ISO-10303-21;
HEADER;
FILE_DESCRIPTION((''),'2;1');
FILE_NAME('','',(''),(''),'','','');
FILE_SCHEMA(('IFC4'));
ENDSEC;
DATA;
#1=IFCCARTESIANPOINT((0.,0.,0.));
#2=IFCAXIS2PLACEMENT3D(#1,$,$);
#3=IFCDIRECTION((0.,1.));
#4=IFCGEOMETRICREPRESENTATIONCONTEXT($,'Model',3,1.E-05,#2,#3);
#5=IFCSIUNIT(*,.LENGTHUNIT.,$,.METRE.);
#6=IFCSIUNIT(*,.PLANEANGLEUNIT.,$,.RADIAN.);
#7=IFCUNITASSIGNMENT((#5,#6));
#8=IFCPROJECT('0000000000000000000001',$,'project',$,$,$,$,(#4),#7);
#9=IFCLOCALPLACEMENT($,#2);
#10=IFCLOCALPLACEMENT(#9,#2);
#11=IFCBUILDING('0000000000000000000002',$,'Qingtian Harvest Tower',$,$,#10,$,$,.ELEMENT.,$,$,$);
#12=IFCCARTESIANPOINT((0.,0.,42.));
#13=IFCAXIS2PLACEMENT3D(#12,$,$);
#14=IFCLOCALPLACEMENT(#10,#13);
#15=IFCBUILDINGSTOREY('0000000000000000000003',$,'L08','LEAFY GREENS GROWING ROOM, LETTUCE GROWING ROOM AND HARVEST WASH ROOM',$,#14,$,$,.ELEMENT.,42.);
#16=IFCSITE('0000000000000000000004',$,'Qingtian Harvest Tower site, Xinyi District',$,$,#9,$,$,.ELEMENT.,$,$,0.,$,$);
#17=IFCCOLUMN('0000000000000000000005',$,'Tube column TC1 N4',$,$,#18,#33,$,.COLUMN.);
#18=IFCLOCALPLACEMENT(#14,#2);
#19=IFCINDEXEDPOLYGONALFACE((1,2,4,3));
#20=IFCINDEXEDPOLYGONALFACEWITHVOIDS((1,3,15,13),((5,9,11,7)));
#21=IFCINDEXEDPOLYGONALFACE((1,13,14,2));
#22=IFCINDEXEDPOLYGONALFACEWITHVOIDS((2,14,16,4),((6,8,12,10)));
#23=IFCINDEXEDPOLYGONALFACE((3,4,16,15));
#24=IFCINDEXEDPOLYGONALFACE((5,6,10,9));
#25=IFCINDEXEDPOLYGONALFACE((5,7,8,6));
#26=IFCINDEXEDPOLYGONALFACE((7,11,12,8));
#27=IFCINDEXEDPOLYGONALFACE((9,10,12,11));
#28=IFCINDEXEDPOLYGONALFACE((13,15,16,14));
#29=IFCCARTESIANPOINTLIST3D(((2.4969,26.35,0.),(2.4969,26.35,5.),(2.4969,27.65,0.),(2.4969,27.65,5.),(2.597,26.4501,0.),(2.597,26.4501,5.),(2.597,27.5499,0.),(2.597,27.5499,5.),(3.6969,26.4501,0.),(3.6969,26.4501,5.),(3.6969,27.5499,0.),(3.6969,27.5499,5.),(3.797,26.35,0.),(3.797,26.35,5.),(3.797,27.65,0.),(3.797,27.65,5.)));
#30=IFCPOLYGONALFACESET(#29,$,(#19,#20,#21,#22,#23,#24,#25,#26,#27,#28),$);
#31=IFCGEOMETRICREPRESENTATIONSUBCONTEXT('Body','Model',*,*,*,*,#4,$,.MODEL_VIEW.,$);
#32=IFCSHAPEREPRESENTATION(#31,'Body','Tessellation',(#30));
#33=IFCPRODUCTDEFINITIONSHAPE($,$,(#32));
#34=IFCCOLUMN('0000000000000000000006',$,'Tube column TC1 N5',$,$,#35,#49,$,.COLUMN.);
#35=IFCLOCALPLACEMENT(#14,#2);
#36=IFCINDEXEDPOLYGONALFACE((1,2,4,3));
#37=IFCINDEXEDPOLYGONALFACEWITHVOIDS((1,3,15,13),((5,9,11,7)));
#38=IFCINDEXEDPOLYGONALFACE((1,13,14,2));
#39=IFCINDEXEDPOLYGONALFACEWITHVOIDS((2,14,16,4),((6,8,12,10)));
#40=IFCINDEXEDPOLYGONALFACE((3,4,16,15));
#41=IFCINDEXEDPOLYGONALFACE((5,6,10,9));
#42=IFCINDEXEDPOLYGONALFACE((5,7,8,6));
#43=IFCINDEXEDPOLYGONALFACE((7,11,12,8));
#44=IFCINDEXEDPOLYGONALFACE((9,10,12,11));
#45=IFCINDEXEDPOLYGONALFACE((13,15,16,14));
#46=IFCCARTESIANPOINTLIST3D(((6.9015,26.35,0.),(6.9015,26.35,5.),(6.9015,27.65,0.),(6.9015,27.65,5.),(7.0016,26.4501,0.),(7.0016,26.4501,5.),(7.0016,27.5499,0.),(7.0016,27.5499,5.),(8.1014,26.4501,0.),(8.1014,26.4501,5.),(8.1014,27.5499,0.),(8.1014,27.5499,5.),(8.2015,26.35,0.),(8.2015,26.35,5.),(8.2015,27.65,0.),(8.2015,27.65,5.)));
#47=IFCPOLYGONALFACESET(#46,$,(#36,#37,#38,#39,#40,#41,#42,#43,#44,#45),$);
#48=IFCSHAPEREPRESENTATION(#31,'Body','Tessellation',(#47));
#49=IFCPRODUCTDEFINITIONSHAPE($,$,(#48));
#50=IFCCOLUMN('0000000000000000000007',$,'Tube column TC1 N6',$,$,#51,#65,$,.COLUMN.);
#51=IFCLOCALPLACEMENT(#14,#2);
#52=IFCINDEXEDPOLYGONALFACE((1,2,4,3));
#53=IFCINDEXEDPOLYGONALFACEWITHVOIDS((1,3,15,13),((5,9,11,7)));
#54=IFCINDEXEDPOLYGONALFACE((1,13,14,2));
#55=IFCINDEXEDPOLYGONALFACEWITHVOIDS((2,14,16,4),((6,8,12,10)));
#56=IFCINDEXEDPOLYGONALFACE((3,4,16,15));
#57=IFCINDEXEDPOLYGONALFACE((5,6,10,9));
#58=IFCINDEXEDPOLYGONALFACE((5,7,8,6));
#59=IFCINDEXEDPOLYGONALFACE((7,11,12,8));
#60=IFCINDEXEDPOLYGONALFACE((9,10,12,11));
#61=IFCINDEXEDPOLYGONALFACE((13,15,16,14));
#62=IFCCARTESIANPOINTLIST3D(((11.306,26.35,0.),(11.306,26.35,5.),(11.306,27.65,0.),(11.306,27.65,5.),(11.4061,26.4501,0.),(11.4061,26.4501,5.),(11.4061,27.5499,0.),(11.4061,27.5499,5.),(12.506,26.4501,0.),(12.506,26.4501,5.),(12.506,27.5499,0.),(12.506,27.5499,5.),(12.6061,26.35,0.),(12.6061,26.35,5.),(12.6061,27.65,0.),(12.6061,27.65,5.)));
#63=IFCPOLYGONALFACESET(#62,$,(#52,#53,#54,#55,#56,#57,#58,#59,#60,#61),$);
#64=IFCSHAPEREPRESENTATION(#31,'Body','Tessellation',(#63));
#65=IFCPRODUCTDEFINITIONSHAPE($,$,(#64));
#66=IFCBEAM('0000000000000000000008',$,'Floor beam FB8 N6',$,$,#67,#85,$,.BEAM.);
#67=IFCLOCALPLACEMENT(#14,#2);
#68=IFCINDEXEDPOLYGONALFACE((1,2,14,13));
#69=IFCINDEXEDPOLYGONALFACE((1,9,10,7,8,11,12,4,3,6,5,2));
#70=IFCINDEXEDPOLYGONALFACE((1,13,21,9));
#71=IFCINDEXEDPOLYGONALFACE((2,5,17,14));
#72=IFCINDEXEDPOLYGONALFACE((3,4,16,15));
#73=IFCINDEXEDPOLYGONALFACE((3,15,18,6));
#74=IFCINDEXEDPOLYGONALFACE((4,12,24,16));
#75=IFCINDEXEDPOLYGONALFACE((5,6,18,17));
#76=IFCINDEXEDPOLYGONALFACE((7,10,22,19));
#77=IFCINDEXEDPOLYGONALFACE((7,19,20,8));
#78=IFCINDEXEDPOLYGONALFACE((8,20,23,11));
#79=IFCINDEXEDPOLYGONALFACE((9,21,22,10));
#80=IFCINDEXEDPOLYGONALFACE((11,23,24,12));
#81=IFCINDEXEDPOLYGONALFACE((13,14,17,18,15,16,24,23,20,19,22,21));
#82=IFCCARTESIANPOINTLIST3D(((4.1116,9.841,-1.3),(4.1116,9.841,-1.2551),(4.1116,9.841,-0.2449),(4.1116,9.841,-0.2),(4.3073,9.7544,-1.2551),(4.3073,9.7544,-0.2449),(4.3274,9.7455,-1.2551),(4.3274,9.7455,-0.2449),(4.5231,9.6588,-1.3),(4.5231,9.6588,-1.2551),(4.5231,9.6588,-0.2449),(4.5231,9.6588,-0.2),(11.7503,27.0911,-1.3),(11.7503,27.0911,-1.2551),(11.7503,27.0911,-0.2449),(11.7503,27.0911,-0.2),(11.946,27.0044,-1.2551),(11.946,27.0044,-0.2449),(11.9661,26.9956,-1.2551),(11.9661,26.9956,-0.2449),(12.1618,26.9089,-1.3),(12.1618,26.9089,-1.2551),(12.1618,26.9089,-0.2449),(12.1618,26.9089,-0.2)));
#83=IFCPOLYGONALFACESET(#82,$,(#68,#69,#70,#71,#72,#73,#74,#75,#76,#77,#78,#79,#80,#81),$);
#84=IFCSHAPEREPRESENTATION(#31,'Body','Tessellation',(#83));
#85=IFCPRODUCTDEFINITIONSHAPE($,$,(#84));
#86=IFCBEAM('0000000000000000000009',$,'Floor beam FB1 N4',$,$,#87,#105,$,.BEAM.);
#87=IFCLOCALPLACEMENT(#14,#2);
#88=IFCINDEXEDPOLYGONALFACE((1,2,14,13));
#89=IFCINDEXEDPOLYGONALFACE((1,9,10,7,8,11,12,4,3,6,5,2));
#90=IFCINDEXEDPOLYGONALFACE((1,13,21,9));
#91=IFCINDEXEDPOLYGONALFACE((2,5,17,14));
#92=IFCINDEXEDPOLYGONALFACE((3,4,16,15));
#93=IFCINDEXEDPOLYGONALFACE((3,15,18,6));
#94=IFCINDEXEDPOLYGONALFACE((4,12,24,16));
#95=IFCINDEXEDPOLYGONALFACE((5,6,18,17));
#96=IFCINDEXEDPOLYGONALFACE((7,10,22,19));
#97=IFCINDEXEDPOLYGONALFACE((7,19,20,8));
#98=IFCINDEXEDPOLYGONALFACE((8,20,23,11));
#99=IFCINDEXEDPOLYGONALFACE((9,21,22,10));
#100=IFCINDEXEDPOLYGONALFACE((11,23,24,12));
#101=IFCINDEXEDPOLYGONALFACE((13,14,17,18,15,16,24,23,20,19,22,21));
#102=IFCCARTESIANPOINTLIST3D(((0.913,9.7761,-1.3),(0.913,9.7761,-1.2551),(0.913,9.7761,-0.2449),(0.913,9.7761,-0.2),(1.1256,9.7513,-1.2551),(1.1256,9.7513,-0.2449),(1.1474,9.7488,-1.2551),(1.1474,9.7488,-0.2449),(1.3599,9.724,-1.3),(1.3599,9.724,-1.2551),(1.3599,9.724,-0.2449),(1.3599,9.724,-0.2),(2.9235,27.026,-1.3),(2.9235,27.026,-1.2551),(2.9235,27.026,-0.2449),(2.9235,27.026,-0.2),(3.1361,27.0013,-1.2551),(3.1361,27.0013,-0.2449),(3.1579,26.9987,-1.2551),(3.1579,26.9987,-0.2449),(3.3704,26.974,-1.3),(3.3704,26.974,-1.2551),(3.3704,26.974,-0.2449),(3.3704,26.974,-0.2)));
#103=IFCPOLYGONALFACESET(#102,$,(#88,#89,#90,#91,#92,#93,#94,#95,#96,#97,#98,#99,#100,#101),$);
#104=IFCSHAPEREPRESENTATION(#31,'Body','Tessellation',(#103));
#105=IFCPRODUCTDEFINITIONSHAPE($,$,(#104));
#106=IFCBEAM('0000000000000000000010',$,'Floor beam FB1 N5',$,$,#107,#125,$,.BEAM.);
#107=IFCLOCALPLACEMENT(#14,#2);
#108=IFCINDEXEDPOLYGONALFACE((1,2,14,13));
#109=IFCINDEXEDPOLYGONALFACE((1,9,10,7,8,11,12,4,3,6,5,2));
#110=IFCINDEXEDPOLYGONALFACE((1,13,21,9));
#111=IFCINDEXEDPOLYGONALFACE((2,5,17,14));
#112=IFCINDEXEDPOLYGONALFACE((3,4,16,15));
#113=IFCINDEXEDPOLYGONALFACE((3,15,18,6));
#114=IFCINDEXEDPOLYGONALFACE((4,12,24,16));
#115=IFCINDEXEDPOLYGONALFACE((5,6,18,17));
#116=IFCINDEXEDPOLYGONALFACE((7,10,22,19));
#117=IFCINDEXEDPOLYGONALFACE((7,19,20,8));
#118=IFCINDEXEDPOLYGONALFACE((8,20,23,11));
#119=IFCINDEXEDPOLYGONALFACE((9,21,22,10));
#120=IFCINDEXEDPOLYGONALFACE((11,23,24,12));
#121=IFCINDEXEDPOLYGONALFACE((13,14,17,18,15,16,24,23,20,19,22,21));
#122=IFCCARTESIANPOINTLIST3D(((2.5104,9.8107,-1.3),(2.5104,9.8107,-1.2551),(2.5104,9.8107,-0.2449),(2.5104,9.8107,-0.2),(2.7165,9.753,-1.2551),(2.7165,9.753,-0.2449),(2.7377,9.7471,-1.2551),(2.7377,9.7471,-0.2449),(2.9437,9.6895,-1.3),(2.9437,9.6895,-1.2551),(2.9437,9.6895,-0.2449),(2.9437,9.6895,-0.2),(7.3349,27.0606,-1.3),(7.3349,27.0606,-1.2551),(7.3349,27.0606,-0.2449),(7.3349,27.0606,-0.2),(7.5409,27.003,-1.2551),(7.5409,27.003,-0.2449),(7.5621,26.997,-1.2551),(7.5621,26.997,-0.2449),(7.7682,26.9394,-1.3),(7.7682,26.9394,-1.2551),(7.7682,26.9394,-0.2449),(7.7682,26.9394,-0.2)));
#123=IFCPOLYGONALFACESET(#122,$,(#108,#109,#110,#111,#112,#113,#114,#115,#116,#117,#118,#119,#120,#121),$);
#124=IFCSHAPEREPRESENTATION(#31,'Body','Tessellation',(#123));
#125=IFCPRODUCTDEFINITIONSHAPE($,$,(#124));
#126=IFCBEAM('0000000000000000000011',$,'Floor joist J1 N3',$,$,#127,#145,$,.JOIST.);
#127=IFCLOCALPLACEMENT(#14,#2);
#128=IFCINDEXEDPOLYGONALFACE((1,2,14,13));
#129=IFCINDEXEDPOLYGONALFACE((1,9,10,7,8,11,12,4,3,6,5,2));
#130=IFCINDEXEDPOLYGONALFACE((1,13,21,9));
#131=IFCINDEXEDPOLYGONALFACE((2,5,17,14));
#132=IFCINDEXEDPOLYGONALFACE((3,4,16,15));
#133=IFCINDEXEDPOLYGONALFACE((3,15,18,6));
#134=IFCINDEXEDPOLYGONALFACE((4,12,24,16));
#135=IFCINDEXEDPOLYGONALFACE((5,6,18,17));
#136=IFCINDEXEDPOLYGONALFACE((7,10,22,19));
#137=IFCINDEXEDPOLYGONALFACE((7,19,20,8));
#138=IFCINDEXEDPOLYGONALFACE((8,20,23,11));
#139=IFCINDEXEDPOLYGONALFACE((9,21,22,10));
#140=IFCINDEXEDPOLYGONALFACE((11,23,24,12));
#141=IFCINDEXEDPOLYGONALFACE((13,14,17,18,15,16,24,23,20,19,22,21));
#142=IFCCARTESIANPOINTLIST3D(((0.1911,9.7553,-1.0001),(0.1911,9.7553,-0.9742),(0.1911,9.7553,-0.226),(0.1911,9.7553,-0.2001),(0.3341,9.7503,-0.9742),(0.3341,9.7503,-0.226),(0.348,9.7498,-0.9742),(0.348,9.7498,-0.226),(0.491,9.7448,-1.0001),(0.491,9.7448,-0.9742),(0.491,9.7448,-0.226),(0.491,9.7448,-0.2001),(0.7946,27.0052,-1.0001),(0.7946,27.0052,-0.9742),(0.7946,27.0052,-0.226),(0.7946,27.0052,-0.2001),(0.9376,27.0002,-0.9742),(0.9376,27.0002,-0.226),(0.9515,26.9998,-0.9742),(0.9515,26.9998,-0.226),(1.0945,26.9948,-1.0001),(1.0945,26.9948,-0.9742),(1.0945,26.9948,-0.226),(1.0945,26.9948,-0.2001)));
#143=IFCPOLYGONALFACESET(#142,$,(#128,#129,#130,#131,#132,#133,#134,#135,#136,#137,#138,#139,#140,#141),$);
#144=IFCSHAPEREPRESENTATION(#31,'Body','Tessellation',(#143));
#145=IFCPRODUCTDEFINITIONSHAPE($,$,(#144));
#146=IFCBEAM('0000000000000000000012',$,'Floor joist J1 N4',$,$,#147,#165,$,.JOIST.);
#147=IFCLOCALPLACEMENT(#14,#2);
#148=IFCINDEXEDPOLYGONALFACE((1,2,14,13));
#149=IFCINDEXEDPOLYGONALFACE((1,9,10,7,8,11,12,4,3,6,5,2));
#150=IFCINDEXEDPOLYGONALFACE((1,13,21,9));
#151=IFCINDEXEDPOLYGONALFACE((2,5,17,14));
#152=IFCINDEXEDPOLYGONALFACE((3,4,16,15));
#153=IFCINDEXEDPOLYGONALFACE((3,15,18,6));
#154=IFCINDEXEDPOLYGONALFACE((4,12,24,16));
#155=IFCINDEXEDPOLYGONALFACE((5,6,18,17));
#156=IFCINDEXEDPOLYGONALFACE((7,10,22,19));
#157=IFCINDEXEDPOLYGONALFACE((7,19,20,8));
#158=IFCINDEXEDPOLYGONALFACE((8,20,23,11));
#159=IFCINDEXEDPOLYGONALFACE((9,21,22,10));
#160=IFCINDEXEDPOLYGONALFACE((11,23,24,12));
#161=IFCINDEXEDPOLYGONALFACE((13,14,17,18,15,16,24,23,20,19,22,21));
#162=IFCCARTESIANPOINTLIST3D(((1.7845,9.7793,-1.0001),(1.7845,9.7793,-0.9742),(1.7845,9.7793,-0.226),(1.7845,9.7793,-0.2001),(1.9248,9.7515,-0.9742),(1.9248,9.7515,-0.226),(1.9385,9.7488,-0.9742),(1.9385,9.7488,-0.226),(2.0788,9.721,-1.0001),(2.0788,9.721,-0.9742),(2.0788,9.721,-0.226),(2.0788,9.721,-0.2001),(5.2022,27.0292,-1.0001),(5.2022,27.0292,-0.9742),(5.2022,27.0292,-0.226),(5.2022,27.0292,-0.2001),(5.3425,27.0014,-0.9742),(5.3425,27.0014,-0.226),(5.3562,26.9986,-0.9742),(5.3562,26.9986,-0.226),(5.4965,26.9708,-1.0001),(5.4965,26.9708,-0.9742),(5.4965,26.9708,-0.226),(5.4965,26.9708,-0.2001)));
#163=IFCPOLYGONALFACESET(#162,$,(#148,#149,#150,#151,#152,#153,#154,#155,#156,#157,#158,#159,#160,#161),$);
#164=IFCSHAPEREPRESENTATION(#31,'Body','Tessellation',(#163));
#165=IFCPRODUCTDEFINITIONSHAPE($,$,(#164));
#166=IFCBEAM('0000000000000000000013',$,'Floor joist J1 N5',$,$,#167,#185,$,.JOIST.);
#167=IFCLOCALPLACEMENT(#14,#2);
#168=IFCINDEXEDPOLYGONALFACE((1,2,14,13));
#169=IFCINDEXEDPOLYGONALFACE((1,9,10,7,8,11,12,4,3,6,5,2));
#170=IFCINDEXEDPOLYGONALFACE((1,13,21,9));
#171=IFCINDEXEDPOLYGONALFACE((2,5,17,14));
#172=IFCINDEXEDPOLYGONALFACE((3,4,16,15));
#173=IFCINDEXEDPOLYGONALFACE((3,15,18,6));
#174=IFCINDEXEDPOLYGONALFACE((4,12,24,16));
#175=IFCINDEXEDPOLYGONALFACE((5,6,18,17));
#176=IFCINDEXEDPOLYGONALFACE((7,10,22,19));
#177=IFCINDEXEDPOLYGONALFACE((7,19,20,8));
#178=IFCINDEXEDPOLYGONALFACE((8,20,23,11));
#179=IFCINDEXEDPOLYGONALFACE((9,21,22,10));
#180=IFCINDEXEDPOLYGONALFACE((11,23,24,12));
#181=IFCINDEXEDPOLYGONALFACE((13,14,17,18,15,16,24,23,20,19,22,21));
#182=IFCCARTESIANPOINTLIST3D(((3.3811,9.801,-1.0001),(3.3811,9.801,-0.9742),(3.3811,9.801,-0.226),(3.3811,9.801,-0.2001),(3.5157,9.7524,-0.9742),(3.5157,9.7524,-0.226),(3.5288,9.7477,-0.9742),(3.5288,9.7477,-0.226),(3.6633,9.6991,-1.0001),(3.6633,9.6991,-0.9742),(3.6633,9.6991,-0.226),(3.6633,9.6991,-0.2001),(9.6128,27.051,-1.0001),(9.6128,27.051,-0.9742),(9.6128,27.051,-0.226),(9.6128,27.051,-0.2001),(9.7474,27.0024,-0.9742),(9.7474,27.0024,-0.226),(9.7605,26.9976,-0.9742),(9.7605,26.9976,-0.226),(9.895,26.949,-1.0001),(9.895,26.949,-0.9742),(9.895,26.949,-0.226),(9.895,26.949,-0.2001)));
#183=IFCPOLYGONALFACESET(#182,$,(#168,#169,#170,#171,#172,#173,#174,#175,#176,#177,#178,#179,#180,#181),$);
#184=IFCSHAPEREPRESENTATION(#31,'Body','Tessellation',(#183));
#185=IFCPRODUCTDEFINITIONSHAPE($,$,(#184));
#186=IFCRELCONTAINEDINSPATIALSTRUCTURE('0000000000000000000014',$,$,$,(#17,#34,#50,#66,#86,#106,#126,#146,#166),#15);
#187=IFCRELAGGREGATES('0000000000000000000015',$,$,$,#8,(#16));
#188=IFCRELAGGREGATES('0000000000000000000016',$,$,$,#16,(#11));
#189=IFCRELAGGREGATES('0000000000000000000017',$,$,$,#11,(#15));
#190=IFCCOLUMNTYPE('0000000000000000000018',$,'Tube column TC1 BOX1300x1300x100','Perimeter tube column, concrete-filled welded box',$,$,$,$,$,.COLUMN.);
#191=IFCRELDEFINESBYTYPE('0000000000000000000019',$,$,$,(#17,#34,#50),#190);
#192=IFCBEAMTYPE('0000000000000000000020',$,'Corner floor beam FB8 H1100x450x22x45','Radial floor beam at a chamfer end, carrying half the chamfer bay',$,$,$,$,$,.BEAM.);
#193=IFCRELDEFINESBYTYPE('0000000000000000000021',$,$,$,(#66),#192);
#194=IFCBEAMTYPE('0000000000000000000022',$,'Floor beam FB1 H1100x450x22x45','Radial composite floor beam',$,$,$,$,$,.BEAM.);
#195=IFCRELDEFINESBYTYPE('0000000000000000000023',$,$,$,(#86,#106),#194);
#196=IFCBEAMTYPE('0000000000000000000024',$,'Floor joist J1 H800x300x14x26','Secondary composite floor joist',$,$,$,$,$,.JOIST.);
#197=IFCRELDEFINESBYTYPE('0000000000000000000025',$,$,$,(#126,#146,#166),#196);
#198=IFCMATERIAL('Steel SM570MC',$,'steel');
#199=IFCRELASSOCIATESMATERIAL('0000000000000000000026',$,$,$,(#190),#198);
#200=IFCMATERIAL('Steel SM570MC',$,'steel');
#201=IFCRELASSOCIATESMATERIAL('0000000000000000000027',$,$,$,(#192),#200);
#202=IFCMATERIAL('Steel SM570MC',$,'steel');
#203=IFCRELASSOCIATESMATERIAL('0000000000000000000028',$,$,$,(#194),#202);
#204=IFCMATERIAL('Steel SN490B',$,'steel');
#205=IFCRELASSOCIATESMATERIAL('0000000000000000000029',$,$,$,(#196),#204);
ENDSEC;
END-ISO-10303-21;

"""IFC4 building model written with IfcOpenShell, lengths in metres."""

from ifc_helpers import new_model, si_unit, direction, frame, origin, origin_2d, place, context, subcontext, project, spatial, hollow_rectangle, i_section, extrude, material, material_profile, profile_set, type_object, element, save


model = new_model("IFC4")

# Units and contexts
model_context = context("Model", 3, precision=1e-05, world=origin(), true_north=direction((0.0, 1.0)))
body_context = subcontext(model_context, "Body", "Model", "MODEL_VIEW")
ifc_project = project(units=[si_unit("LENGTHUNIT", "METRE"), si_unit("PLANEANGLEUNIT", "RADIAN")], contexts=[model_context])

# Site, building, storey
site_placement = place(None, origin())
site = spatial("IfcSite", under=ifc_project, at=site_placement, Name="Qingtian Harvest Tower site, Xinyi District", CompositionType="ELEMENT", RefElevation=0.0)
building_placement = place(site_placement, origin())
building = spatial("IfcBuilding", under=site, at=building_placement, Name="Qingtian Harvest Tower", CompositionType="ELEMENT")
storey_placement = place(building_placement, frame((0.0, 0.0, 42.0)))
storey = spatial("IfcBuildingStorey", under=building, at=storey_placement, Name="L08", Description="LEAFY GREENS GROWING ROOM, LETTUCE GROWING ROOM AND HARVEST WASH ROOM", CompositionType="ELEMENT", Elevation=42.0)

# Columns
ifc_material_1 = material(Name="Steel SM570MC", Category="steel")
ifc_material_profile_1 = material_profile(ifc_material_1, hollow_rectangle(XDim=1.3, YDim=1.3, WallThickness=0.1001, at=origin_2d()), Name="BOX1300x1300x100")
ifc_profile_set_1 = profile_set([ifc_material_profile_1], Name="Steel SM570MC")
column_type = type_object("IfcColumnType", Name="Tube column TC1 BOX1300x1300x100", Description="Perimeter tube column, concrete-filled welded box", PredefinedType="COLUMN", material=ifc_profile_set_1)
for number, where, z_axis, x_axis, name in (
    (1, (3.147, 27.0, 0.0), (0.0, 0.0, 1.0), (-1.0, 0.0, 0.0), "Tube column TC1 N4"),
    (2, (7.5515, 27.0, 0.0), (0.0, 0.0, 1.0), (-1.0, 0.0, 0.0), "Tube column TC1 N5"),
    (3, (11.9561, 27.0, 0.0), (0.0, 0.0, 1.0), (-1.0, 0.0, 0.0), "Tube column TC1 N6"),
):
    element("IfcColumn", number, at=place(storey_placement, frame(where, z_axis=z_axis, x_axis=x_axis)), inside=storey, type_object=column_type, Name=name, PredefinedType="COLUMN", context=body_context, shape_type="SweptSolid", body=[
        extrude(hollow_rectangle(XDim=1.3, YDim=1.3, WallThickness=0.1001, at=origin_2d()), origin(), (0.0, 0.0, 1.0), 5.0),
    ])

# Beams
ifc_material_2 = material(Name="Steel SM570MC", Category="steel")
ifc_material_profile_2 = material_profile(ifc_material_2, i_section(OverallWidth=0.45, OverallDepth=1.1001, WebThickness=0.022, FlangeThickness=0.0449, at=origin_2d()), Name="H1100x450x22x45")
ifc_profile_set_2 = profile_set([ifc_material_profile_2], Name="Steel SM570MC")
beam_type_1 = type_object("IfcBeamType", Name="Corner floor beam FB8 H1100x450x22x45", Description="Radial floor beam at a chamfer end, carrying half the chamfer bay", PredefinedType="BEAM", material=ifc_profile_set_2)
beam_1_placement = place(storey_placement, frame((11.9561, 27.0, -0.75), z_axis=(-0.404899, -0.914361, 0.0), x_axis=(0.914361, -0.404899, 0.0)))
element("IfcBeam", 4, at=beam_1_placement, inside=storey, type_object=beam_type_1, Name="Floor beam FB8 N6", PredefinedType="BEAM", context=body_context, shape_type="SweptSolid", body=[
    extrude(i_section(OverallWidth=0.45, OverallDepth=1.1001, WebThickness=0.022, FlangeThickness=0.0449, at=origin_2d()), origin(), (0.0, 0.0, 1.0), 18.8657),
])
ifc_material_3 = material(Name="Steel SM570MC", Category="steel")
ifc_material_profile_3 = material_profile(ifc_material_3, i_section(OverallWidth=0.45, OverallDepth=1.1001, WebThickness=0.022, FlangeThickness=0.0449, at=origin_2d()), Name="H1100x450x22x45")
ifc_profile_set_3 = profile_set([ifc_material_profile_3], Name="Steel SM570MC")
beam_type_2 = type_object("IfcBeamType", Name="Floor beam FB1 H1100x450x22x45", Description="Radial composite floor beam", PredefinedType="BEAM", material=ifc_profile_set_3)
beam_2_placement = place(storey_placement, frame((3.147, 27.0, -0.75), z_axis=(-0.115767, -0.993276, 0.0), x_axis=(0.993276, -0.115767, 0.0)))
element("IfcBeam", 5, at=beam_2_placement, inside=storey, type_object=beam_type_2, Name="Floor beam FB1 N4", PredefinedType="BEAM", context=body_context, shape_type="SweptSolid", body=[
    extrude(i_section(OverallWidth=0.45, OverallDepth=1.1001, WebThickness=0.022, FlangeThickness=0.0449, at=origin_2d()), origin(), (0.0, 0.0, 1.0), 17.3667),
])
beam_3_placement = place(storey_placement, frame((7.5515, 27.0, -0.75), z_axis=(-0.269343, -0.963044, 0.0), x_axis=(0.963044, -0.269343, 0.0)))
element("IfcBeam", 6, at=beam_3_placement, inside=storey, type_object=beam_type_2, Name="Floor beam FB1 N5", PredefinedType="BEAM", context=body_context, shape_type="SweptSolid", body=[
    extrude(i_section(OverallWidth=0.45, OverallDepth=1.1001, WebThickness=0.022, FlangeThickness=0.0449, at=origin_2d()), origin(), (0.0, 0.0, 1.0), 17.9119),
])
ifc_material_4 = material(Name="Steel SN490B", Category="steel")
ifc_material_profile_4 = material_profile(ifc_material_4, i_section(OverallWidth=0.3, OverallDepth=0.8, WebThickness=0.0139, FlangeThickness=0.0259, at=origin_2d()), Name="H800x300x14x26")
ifc_profile_set_4 = profile_set([ifc_material_profile_4], Name="Steel SN490B")
beam_type_3 = type_object("IfcBeamType", Name="Floor joist J1 H800x300x14x26", Description="Secondary composite floor joist", PredefinedType="JOIST", material=ifc_profile_set_4)
beam_4_placement = place(storey_placement, frame((0.9446, 27.0, -0.6001), z_axis=(-0.034965, -0.999389, 0.0), x_axis=(0.999389, -0.034965, 0.0)))
element("IfcBeam", 7, at=beam_4_placement, inside=storey, type_object=beam_type_3, Name="Floor joist J1 N3", PredefinedType="JOIST", context=body_context, shape_type="SweptSolid", body=[
    extrude(i_section(OverallWidth=0.3, OverallDepth=0.8, WebThickness=0.0139, FlangeThickness=0.0259, at=origin_2d()), origin(), (0.0, 0.0, 1.0), 17.2605),
])
beam_5_placement = place(storey_placement, frame((5.3494, 27.0, -0.6001), z_axis=(-0.194351, -0.980932, 0.0), x_axis=(0.980932, -0.194351, 0.0)))
element("IfcBeam", 8, at=beam_5_placement, inside=storey, type_object=beam_type_3, Name="Floor joist J1 N4", PredefinedType="JOIST", context=body_context, shape_type="SweptSolid", body=[
    extrude(i_section(OverallWidth=0.3, OverallDepth=0.8, WebThickness=0.0139, FlangeThickness=0.0259, at=origin_2d()), origin(), (0.0, 0.0, 1.0), 17.5852),
])
beam_6_placement = place(storey_placement, frame((9.7539, 27.0, -0.6001), z_axis=(-0.339766, -0.94051, 0.0), x_axis=(0.94051, -0.339766, 0.0)))
element("IfcBeam", 9, at=beam_6_placement, inside=storey, type_object=beam_type_3, Name="Floor joist J1 N5", PredefinedType="JOIST", context=body_context, shape_type="SweptSolid", body=[
    extrude(i_section(OverallWidth=0.3, OverallDepth=0.8, WebThickness=0.0139, FlangeThickness=0.0259, at=origin_2d()), origin(), (0.0, 0.0, 1.0), 18.3411),
])

save(model, "model.ifc")
